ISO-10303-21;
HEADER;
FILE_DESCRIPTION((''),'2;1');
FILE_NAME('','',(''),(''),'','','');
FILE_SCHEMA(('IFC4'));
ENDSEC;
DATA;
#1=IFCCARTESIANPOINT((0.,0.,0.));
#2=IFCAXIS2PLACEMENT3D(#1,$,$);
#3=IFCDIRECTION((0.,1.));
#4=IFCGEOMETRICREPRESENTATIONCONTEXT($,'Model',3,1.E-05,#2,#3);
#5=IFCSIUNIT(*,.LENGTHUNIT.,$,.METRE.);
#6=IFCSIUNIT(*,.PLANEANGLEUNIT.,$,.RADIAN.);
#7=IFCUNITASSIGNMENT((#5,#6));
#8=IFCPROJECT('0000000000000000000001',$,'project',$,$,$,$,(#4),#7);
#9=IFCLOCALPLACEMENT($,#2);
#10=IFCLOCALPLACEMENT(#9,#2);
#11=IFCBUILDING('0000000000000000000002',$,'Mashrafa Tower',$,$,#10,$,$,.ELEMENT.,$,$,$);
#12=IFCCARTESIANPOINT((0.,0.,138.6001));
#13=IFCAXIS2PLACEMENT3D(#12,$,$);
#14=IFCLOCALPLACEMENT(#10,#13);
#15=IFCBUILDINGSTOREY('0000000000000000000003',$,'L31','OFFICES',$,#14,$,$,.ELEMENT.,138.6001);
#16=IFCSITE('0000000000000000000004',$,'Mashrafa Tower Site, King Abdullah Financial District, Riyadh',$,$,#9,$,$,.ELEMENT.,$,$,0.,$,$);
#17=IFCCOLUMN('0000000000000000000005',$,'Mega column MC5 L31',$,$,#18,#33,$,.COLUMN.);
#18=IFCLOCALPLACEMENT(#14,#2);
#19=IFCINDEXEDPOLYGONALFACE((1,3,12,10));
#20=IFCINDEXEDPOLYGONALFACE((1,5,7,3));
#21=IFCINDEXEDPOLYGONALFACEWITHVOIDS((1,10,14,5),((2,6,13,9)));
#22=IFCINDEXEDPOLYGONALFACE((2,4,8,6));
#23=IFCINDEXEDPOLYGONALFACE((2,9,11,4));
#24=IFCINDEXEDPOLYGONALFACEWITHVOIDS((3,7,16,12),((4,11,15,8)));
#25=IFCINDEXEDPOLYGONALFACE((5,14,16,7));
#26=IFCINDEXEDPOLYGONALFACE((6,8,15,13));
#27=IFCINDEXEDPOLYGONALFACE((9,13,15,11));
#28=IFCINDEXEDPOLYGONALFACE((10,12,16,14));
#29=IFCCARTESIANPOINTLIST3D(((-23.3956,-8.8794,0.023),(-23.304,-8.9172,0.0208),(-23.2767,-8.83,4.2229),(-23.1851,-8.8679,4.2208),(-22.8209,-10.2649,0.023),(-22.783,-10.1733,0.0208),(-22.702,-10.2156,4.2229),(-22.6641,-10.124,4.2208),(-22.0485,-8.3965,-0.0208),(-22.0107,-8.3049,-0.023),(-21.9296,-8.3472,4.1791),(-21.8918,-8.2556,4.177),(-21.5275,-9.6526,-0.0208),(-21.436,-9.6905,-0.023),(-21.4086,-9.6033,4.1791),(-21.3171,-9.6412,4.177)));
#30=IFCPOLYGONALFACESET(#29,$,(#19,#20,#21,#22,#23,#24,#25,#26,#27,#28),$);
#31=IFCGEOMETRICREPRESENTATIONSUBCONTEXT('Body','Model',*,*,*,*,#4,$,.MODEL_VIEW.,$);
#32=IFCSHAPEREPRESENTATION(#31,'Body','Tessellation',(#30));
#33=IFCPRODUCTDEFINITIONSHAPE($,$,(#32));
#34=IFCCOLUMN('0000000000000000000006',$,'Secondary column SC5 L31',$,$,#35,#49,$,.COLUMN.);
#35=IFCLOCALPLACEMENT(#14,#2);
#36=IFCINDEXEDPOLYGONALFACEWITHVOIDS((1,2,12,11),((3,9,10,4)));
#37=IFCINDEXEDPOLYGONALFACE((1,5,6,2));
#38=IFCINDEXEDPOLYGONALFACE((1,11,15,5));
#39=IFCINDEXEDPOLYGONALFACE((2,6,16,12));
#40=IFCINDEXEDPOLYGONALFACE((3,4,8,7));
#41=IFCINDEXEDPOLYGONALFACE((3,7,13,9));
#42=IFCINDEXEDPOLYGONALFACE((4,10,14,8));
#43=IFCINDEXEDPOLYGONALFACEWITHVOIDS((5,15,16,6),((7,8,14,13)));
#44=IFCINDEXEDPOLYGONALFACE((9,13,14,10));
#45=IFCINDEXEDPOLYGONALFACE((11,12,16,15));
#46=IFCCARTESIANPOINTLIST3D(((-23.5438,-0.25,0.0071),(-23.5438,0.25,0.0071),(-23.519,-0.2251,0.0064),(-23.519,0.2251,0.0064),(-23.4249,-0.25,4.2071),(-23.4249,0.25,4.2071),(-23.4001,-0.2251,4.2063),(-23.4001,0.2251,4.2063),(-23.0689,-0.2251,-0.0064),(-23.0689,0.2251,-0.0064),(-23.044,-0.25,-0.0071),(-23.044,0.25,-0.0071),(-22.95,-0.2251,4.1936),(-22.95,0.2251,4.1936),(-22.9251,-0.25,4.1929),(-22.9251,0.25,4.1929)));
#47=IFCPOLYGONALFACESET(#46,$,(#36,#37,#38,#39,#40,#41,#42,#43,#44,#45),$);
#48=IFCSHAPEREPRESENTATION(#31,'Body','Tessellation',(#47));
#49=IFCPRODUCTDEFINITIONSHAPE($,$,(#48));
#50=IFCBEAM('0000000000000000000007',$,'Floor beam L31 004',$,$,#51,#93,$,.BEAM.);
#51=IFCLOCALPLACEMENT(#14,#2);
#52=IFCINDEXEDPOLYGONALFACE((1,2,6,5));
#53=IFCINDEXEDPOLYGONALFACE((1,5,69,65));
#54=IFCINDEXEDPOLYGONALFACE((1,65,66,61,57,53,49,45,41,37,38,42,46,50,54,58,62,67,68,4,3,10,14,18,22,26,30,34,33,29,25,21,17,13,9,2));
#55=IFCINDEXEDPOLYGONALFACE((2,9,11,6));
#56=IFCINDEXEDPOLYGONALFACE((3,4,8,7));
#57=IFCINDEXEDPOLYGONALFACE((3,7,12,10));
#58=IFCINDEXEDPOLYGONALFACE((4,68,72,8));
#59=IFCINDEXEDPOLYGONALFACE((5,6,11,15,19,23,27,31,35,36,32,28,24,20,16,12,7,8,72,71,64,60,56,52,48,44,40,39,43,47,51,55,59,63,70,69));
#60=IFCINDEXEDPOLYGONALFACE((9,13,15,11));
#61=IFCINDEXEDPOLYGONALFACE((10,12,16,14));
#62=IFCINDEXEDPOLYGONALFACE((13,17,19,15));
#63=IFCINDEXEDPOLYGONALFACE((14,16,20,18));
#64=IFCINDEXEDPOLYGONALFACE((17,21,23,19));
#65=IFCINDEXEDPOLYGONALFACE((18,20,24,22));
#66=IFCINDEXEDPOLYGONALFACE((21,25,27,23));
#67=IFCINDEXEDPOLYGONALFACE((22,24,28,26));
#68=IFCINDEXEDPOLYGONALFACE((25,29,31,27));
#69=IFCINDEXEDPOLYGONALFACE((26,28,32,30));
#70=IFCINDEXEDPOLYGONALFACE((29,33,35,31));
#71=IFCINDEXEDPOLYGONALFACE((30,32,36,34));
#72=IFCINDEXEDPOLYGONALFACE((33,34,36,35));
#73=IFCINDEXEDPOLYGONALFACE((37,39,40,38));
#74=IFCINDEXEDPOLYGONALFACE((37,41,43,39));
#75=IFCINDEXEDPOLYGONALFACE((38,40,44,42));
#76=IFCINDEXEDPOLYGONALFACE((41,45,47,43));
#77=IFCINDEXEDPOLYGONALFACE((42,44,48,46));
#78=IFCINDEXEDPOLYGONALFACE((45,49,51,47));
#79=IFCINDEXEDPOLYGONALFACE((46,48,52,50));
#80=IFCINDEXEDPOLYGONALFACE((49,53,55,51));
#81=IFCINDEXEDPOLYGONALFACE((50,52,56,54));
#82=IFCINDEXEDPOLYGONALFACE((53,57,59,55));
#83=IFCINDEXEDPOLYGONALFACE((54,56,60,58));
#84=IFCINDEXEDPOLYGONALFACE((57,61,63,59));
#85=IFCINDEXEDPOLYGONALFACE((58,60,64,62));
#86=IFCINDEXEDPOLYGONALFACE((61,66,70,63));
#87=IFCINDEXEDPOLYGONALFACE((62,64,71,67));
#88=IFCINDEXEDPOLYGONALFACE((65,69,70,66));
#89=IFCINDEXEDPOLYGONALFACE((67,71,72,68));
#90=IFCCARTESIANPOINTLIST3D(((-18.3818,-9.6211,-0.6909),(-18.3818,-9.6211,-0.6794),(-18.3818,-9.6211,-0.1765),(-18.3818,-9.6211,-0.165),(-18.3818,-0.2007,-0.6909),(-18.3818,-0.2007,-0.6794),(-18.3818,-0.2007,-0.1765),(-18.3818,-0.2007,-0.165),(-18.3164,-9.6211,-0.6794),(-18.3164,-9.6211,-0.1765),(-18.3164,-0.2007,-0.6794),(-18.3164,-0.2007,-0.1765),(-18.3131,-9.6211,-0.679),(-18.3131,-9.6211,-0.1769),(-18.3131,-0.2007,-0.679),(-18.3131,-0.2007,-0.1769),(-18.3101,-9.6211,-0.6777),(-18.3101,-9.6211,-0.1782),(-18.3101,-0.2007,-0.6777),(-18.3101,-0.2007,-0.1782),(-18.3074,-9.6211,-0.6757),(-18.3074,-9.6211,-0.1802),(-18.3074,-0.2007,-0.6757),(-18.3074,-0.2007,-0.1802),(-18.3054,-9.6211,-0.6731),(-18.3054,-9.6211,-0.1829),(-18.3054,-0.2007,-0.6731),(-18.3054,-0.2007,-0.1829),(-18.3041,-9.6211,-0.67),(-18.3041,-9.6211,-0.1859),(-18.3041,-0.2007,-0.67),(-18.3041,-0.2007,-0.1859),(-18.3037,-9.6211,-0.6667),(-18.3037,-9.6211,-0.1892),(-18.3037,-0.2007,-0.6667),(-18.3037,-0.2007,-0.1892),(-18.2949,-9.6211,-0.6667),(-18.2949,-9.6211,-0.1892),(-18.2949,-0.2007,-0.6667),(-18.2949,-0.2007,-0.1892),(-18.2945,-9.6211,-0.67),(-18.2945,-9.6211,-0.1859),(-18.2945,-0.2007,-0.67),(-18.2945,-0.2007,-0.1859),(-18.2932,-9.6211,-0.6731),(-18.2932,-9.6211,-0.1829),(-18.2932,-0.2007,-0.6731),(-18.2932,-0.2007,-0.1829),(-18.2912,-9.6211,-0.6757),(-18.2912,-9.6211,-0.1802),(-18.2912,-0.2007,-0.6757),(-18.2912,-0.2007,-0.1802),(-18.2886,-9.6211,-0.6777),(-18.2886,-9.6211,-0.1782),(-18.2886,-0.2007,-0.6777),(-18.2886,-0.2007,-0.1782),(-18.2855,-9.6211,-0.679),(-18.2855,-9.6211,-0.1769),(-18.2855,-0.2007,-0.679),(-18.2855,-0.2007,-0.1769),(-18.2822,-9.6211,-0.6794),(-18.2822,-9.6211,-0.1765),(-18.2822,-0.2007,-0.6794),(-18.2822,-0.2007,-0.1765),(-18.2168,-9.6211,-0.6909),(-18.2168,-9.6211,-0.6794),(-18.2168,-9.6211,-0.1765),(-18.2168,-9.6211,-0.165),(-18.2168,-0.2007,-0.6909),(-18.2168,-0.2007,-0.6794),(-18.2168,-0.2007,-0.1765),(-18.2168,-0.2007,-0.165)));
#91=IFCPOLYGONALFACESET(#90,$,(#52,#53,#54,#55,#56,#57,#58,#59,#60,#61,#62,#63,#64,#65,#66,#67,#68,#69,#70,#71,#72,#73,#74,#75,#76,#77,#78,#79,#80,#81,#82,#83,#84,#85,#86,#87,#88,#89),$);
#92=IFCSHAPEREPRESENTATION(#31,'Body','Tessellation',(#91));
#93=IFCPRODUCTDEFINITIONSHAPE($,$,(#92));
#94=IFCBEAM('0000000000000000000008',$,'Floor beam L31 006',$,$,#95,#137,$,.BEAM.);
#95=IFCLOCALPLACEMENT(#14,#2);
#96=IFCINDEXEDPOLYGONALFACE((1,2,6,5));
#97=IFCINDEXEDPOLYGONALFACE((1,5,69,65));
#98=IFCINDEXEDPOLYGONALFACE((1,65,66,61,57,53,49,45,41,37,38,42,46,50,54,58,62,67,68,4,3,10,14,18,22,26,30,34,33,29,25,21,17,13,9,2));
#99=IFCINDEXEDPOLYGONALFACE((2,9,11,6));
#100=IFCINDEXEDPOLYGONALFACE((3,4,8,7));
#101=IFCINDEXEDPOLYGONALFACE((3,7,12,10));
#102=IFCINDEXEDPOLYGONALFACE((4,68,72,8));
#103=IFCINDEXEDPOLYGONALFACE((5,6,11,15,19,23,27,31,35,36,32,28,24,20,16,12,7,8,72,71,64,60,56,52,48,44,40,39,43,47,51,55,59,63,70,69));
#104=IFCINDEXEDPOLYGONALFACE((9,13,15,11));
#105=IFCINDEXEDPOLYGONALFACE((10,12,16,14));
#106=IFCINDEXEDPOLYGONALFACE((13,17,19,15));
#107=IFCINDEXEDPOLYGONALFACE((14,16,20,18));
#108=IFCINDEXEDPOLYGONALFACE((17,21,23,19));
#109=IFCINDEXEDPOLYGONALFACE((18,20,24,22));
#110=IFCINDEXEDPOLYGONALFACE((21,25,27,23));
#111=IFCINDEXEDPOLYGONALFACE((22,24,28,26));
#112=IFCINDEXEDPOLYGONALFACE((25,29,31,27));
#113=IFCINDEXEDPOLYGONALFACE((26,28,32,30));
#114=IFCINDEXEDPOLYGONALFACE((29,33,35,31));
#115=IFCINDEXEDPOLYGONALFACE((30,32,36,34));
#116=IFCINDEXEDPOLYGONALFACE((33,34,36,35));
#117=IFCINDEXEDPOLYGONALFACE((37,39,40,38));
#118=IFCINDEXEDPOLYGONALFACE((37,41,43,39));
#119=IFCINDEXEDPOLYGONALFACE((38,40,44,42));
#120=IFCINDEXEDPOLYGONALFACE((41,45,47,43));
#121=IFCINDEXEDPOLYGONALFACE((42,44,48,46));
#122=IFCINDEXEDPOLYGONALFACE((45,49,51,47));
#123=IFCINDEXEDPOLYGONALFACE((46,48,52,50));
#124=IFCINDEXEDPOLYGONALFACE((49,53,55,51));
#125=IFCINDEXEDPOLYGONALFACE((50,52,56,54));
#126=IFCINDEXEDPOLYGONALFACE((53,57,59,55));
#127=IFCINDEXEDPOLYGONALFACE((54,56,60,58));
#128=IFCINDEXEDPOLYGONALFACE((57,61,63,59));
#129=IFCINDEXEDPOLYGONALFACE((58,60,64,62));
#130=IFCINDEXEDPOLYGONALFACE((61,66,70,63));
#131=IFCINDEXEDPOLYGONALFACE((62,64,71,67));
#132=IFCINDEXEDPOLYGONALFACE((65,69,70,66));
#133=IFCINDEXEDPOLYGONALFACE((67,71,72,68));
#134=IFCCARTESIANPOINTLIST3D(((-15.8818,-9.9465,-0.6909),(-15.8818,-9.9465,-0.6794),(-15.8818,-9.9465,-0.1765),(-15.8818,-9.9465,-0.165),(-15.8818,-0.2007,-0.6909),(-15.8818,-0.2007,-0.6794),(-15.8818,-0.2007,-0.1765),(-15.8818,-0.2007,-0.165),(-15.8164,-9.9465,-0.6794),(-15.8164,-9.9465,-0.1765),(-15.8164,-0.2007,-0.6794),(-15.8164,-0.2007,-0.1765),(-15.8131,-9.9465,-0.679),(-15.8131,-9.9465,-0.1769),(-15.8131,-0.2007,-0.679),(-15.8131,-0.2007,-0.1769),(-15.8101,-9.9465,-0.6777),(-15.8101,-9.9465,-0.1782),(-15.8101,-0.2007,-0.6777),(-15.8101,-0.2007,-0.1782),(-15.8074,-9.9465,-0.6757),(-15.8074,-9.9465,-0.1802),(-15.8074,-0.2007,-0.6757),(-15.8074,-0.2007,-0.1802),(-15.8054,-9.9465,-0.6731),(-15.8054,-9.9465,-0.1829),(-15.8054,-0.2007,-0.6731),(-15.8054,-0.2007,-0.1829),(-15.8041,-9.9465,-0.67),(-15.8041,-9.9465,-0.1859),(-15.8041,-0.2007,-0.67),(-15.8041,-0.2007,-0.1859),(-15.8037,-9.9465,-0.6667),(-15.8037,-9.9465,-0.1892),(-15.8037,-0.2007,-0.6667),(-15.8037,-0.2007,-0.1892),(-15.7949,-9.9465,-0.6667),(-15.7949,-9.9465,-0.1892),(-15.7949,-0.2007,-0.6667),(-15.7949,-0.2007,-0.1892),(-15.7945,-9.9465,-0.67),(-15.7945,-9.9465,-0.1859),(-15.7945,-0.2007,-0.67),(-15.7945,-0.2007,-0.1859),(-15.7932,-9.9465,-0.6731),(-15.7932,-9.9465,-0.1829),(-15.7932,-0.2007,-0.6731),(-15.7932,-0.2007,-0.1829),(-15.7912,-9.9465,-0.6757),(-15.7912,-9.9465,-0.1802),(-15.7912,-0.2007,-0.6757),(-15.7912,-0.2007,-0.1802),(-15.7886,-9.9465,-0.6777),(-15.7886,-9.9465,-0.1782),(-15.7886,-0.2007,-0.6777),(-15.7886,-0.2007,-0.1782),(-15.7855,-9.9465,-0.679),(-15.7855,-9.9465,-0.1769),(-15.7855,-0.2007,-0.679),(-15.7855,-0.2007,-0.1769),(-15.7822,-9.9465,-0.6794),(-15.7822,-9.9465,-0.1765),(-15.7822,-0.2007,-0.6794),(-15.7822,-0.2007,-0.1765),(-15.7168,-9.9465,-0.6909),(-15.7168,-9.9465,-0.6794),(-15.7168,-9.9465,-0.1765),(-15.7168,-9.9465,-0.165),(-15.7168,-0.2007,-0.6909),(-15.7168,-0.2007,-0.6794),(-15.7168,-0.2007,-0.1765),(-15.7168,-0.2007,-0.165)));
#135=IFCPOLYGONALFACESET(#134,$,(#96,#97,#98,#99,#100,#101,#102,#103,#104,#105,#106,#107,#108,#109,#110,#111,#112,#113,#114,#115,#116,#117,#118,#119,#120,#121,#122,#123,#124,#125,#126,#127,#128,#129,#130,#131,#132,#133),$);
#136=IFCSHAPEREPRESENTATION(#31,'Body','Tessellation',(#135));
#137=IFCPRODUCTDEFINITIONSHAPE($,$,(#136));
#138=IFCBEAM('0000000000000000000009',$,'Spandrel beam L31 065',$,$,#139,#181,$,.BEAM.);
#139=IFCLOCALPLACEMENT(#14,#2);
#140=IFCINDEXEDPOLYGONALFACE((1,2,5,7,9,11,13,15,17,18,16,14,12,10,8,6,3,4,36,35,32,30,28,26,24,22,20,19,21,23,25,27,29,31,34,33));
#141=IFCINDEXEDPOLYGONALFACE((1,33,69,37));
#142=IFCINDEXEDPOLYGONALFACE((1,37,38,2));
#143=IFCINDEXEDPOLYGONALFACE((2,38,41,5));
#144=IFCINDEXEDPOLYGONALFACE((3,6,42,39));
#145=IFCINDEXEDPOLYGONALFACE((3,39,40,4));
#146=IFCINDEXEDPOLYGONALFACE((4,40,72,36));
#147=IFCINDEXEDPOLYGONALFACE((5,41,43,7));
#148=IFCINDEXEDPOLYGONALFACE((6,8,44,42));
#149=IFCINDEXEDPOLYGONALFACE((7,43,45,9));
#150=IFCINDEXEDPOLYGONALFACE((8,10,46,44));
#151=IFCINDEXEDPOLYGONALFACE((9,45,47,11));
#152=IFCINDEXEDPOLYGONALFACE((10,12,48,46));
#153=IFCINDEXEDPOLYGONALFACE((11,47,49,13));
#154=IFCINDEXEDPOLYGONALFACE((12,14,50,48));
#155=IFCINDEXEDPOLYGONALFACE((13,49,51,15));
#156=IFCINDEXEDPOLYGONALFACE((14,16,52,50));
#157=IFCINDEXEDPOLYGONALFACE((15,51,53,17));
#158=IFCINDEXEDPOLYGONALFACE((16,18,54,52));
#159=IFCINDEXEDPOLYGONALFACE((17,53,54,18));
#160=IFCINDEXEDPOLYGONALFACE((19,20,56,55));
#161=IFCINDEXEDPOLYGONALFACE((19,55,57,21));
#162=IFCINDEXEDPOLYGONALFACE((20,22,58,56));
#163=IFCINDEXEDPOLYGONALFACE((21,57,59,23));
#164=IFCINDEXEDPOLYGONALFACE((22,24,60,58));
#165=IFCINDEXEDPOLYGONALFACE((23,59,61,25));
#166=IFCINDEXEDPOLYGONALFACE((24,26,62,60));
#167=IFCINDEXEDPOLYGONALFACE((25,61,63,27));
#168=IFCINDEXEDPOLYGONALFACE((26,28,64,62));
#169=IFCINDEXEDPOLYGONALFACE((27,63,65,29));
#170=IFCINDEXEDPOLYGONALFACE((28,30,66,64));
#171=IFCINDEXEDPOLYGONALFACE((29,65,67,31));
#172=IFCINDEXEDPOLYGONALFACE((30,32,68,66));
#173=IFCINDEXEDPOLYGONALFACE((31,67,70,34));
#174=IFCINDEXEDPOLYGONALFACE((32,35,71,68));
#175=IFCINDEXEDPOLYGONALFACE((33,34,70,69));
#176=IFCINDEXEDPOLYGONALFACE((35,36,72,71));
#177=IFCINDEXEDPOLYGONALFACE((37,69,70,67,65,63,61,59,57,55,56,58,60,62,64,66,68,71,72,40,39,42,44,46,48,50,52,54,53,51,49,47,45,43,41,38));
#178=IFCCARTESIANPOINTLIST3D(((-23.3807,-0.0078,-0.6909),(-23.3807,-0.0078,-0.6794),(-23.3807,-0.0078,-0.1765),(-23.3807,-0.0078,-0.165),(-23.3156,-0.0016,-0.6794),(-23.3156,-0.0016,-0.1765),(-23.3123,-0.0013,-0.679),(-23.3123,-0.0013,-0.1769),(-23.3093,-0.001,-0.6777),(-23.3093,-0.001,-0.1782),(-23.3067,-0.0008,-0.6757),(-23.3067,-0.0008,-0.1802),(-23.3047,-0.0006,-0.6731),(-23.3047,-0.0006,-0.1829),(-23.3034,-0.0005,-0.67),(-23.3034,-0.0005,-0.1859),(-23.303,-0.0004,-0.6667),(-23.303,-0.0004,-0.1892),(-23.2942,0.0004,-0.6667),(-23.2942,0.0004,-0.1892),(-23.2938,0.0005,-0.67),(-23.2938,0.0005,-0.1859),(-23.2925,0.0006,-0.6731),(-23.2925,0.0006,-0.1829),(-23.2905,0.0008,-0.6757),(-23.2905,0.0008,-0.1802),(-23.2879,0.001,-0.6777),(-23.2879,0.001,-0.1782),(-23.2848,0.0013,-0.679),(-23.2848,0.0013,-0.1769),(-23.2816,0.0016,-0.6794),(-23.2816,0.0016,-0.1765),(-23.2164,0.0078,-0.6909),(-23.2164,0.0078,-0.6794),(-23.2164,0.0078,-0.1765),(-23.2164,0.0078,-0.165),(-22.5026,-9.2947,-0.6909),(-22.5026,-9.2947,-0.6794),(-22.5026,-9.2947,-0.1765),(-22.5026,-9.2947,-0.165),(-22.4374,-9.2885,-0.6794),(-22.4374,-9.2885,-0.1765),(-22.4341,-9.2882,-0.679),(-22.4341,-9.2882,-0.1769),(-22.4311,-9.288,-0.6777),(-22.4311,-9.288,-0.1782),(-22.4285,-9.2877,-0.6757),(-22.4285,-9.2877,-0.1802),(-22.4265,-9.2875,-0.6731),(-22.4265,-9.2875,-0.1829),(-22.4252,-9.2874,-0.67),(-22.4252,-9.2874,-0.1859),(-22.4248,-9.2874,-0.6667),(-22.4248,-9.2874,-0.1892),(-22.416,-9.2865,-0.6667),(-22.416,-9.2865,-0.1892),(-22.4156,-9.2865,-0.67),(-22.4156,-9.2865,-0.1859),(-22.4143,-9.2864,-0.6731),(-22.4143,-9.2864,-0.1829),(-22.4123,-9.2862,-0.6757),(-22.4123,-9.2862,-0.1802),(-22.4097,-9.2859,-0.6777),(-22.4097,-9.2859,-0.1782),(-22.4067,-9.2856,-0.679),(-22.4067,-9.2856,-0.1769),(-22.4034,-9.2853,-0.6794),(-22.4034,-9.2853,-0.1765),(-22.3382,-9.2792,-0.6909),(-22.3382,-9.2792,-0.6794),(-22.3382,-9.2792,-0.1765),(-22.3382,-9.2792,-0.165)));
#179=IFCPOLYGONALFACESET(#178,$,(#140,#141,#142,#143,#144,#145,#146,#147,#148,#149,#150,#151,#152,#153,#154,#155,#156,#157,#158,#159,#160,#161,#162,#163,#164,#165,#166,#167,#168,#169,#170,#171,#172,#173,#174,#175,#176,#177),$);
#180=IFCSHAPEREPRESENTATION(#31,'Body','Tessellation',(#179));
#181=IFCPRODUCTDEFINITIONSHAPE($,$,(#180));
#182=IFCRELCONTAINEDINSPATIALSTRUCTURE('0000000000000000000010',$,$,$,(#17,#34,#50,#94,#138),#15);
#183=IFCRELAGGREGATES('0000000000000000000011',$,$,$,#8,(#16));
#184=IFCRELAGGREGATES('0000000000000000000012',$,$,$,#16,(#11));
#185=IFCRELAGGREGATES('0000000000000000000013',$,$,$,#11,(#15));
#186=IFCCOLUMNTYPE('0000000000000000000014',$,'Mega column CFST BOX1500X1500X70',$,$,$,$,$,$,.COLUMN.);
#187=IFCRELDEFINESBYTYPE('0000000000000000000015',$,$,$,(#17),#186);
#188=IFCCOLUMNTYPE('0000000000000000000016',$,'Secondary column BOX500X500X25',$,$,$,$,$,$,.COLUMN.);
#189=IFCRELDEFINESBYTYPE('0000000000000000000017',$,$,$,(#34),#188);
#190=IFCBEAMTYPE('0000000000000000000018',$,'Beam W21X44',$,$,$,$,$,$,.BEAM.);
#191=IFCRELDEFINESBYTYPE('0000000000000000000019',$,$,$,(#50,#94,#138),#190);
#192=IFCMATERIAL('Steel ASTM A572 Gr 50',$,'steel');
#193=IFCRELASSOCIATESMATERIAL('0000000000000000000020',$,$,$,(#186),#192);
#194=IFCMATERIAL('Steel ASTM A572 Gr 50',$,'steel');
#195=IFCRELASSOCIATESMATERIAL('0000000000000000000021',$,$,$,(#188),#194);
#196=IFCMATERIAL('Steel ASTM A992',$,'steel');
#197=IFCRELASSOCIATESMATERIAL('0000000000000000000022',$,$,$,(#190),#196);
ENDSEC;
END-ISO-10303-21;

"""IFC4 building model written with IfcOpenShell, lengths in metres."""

from ifc_helpers import new_model, si_unit, direction, frame, origin, origin_2d, place, context, subcontext, project, spatial, hollow_rectangle, i_section, extrude, material, material_profile, profile_set, type_object, element, save


model = new_model("IFC4")

# Units and contexts
model_context = context("Model", 3, precision=1e-05, world=origin(), true_north=direction((0.0, 1.0)))
body_context = subcontext(model_context, "Body", "Model", "MODEL_VIEW")
ifc_project = project(units=[si_unit("LENGTHUNIT", "METRE"), si_unit("PLANEANGLEUNIT", "RADIAN")], contexts=[model_context])

# Site, building, storey
site_placement = place(None, origin())
site = spatial("IfcSite", under=ifc_project, at=site_placement, Name="Mashrafa Tower Site, King Abdullah Financial District, Riyadh", CompositionType="ELEMENT", RefElevation=0.0)
building_placement = place(site_placement, origin())
building = spatial("IfcBuilding", under=site, at=building_placement, Name="Mashrafa Tower", CompositionType="ELEMENT")
storey_placement = place(building_placement, frame((0.0, 0.0, 138.6001)))
storey = spatial("IfcBuildingStorey", under=building, at=storey_placement, Name="L31", Description="OFFICES", CompositionType="ELEMENT", Elevation=138.6001)

# Columns
ifc_material_1 = material(Name="Steel ASTM A572 Gr 50", Category="steel")
ifc_material_profile_1 = material_profile(ifc_material_1, hollow_rectangle(XDim=1.5, YDim=1.5, WallThickness=0.0701, at=origin_2d()), Name="BOX1500X1500X70")
ifc_profile_set_1 = profile_set([ifc_material_profile_1], Name="Steel ASTM A572 Gr 50")
column_type_1 = type_object("IfcColumnType", Name="Mega column CFST BOX1500X1500X70", PredefinedType="COLUMN", material=ifc_profile_set_1)
column_1_placement = place(storey_placement, frame((-22.4158, -9.2849, 0.0), z_axis=(0.028296, 0.011737, 0.999531), x_axis=(-0.383133, 0.923693, 0.0)))
element("IfcColumn", 1, at=column_1_placement, inside=storey, type_object=column_type_1, Name="Mega column MC5 L31", PredefinedType="COLUMN", context=body_context, shape_type="SweptSolid", body=[
    extrude(hollow_rectangle(XDim=1.5, YDim=1.5, WallThickness=0.0701, at=origin_2d()), origin(), (0.0, 0.0, 1.0), 4.2019),
])
ifc_material_2 = material(Name="Steel ASTM A572 Gr 50", Category="steel")
ifc_material_profile_2 = material_profile(ifc_material_2, hollow_rectangle(XDim=0.5, YDim=0.5, WallThickness=0.0249, at=origin_2d()), Name="BOX500X500X25")
ifc_profile_set_2 = profile_set([ifc_material_profile_2], Name="Steel ASTM A572 Gr 50")
column_type_2 = type_object("IfcColumnType", Name="Secondary column BOX500X500X25", PredefinedType="COLUMN", material=ifc_profile_set_2)
column_2_placement = place(storey_placement, frame((-23.2939, 0.0, 0.0), z_axis=(0.028298, 0.0, 0.9996), x_axis=(0.0, 1.0, 0.0)))
element("IfcColumn", 2, at=column_2_placement, inside=storey, type_object=column_type_2, Name="Secondary column SC5 L31", PredefinedType="COLUMN", context=body_context, shape_type="SweptSolid", body=[
    extrude(hollow_rectangle(XDim=0.5, YDim=0.5, WallThickness=0.0249, at=origin_2d()), origin(), (0.0, 0.0, 1.0), 4.2017),
])

# Beams
ifc_material_3 = material(Name="Steel ASTM A992", Category="steel")
ifc_material_profile_3 = material_profile(ifc_material_3, i_section(OverallWidth=0.165, OverallDepth=0.5259, WebThickness=0.0088, FlangeThickness=0.0115, FilletRadius=0.0127, at=origin_2d()), Name="W21X44")
ifc_profile_set_3 = profile_set([ifc_material_profile_3], Name="Steel ASTM A992")
beam_type_1 = type_object("IfcBeamType", Name="Beam W21X44", PredefinedType="BEAM", material=ifc_profile_set_3)
beam_1_placement = place(storey_placement, frame((-18.2993, -9.6211, -0.428), z_axis=(0.0, 1.0, 0.0), x_axis=(-1.0, 0.0, 0.0)))
element("IfcBeam", 3, at=beam_1_placement, inside=storey, type_object=beam_type_1, Name="Floor beam L31 004", PredefinedType="BEAM", context=body_context, shape_type="SweptSolid", body=[
    extrude(i_section(OverallWidth=0.165, OverallDepth=0.5259, WebThickness=0.0088, FlangeThickness=0.0115, FilletRadius=0.0127, at=origin_2d()), origin(), (0.0, 0.0, 1.0), 9.4204),
])
beam_2_placement = place(storey_placement, frame((-15.7993, -9.9465, -0.428), z_axis=(0.0, 1.0, 0.0), x_axis=(-1.0, 0.0, 0.0)))
element("IfcBeam", 4, at=beam_2_placement, inside=storey, type_object=beam_type_1, Name="Floor beam L31 006", PredefinedType="BEAM", context=body_context, shape_type="SweptSolid", body=[
    extrude(i_section(OverallWidth=0.165, OverallDepth=0.5259, WebThickness=0.0088, FlangeThickness=0.0115, FilletRadius=0.0127, at=origin_2d()), origin(), (0.0, 0.0, 1.0), 9.7458),
])
for number, where, z_axis, x_axis, name in (
    (5, (-23.2986, 0.0, -0.428), (0.094141, -0.995559, 0.0), (0.995559, 0.094141, 0.0), "Spandrel beam L31 065"),
):
    element("IfcBeam", number, at=place(storey_placement, frame(where, z_axis=z_axis, x_axis=x_axis)), inside=storey, type_object=beam_type_1, Name=name, PredefinedType="BEAM", context=body_context, shape_type="SweptSolid", body=[
        extrude(i_section(OverallWidth=0.165, OverallDepth=0.5259, WebThickness=0.0088, FlangeThickness=0.0115, FilletRadius=0.0127, at=origin_2d()), origin(), (0.0, 0.0, 1.0), 9.3284),
    ])

save(model, "model.ifc")
